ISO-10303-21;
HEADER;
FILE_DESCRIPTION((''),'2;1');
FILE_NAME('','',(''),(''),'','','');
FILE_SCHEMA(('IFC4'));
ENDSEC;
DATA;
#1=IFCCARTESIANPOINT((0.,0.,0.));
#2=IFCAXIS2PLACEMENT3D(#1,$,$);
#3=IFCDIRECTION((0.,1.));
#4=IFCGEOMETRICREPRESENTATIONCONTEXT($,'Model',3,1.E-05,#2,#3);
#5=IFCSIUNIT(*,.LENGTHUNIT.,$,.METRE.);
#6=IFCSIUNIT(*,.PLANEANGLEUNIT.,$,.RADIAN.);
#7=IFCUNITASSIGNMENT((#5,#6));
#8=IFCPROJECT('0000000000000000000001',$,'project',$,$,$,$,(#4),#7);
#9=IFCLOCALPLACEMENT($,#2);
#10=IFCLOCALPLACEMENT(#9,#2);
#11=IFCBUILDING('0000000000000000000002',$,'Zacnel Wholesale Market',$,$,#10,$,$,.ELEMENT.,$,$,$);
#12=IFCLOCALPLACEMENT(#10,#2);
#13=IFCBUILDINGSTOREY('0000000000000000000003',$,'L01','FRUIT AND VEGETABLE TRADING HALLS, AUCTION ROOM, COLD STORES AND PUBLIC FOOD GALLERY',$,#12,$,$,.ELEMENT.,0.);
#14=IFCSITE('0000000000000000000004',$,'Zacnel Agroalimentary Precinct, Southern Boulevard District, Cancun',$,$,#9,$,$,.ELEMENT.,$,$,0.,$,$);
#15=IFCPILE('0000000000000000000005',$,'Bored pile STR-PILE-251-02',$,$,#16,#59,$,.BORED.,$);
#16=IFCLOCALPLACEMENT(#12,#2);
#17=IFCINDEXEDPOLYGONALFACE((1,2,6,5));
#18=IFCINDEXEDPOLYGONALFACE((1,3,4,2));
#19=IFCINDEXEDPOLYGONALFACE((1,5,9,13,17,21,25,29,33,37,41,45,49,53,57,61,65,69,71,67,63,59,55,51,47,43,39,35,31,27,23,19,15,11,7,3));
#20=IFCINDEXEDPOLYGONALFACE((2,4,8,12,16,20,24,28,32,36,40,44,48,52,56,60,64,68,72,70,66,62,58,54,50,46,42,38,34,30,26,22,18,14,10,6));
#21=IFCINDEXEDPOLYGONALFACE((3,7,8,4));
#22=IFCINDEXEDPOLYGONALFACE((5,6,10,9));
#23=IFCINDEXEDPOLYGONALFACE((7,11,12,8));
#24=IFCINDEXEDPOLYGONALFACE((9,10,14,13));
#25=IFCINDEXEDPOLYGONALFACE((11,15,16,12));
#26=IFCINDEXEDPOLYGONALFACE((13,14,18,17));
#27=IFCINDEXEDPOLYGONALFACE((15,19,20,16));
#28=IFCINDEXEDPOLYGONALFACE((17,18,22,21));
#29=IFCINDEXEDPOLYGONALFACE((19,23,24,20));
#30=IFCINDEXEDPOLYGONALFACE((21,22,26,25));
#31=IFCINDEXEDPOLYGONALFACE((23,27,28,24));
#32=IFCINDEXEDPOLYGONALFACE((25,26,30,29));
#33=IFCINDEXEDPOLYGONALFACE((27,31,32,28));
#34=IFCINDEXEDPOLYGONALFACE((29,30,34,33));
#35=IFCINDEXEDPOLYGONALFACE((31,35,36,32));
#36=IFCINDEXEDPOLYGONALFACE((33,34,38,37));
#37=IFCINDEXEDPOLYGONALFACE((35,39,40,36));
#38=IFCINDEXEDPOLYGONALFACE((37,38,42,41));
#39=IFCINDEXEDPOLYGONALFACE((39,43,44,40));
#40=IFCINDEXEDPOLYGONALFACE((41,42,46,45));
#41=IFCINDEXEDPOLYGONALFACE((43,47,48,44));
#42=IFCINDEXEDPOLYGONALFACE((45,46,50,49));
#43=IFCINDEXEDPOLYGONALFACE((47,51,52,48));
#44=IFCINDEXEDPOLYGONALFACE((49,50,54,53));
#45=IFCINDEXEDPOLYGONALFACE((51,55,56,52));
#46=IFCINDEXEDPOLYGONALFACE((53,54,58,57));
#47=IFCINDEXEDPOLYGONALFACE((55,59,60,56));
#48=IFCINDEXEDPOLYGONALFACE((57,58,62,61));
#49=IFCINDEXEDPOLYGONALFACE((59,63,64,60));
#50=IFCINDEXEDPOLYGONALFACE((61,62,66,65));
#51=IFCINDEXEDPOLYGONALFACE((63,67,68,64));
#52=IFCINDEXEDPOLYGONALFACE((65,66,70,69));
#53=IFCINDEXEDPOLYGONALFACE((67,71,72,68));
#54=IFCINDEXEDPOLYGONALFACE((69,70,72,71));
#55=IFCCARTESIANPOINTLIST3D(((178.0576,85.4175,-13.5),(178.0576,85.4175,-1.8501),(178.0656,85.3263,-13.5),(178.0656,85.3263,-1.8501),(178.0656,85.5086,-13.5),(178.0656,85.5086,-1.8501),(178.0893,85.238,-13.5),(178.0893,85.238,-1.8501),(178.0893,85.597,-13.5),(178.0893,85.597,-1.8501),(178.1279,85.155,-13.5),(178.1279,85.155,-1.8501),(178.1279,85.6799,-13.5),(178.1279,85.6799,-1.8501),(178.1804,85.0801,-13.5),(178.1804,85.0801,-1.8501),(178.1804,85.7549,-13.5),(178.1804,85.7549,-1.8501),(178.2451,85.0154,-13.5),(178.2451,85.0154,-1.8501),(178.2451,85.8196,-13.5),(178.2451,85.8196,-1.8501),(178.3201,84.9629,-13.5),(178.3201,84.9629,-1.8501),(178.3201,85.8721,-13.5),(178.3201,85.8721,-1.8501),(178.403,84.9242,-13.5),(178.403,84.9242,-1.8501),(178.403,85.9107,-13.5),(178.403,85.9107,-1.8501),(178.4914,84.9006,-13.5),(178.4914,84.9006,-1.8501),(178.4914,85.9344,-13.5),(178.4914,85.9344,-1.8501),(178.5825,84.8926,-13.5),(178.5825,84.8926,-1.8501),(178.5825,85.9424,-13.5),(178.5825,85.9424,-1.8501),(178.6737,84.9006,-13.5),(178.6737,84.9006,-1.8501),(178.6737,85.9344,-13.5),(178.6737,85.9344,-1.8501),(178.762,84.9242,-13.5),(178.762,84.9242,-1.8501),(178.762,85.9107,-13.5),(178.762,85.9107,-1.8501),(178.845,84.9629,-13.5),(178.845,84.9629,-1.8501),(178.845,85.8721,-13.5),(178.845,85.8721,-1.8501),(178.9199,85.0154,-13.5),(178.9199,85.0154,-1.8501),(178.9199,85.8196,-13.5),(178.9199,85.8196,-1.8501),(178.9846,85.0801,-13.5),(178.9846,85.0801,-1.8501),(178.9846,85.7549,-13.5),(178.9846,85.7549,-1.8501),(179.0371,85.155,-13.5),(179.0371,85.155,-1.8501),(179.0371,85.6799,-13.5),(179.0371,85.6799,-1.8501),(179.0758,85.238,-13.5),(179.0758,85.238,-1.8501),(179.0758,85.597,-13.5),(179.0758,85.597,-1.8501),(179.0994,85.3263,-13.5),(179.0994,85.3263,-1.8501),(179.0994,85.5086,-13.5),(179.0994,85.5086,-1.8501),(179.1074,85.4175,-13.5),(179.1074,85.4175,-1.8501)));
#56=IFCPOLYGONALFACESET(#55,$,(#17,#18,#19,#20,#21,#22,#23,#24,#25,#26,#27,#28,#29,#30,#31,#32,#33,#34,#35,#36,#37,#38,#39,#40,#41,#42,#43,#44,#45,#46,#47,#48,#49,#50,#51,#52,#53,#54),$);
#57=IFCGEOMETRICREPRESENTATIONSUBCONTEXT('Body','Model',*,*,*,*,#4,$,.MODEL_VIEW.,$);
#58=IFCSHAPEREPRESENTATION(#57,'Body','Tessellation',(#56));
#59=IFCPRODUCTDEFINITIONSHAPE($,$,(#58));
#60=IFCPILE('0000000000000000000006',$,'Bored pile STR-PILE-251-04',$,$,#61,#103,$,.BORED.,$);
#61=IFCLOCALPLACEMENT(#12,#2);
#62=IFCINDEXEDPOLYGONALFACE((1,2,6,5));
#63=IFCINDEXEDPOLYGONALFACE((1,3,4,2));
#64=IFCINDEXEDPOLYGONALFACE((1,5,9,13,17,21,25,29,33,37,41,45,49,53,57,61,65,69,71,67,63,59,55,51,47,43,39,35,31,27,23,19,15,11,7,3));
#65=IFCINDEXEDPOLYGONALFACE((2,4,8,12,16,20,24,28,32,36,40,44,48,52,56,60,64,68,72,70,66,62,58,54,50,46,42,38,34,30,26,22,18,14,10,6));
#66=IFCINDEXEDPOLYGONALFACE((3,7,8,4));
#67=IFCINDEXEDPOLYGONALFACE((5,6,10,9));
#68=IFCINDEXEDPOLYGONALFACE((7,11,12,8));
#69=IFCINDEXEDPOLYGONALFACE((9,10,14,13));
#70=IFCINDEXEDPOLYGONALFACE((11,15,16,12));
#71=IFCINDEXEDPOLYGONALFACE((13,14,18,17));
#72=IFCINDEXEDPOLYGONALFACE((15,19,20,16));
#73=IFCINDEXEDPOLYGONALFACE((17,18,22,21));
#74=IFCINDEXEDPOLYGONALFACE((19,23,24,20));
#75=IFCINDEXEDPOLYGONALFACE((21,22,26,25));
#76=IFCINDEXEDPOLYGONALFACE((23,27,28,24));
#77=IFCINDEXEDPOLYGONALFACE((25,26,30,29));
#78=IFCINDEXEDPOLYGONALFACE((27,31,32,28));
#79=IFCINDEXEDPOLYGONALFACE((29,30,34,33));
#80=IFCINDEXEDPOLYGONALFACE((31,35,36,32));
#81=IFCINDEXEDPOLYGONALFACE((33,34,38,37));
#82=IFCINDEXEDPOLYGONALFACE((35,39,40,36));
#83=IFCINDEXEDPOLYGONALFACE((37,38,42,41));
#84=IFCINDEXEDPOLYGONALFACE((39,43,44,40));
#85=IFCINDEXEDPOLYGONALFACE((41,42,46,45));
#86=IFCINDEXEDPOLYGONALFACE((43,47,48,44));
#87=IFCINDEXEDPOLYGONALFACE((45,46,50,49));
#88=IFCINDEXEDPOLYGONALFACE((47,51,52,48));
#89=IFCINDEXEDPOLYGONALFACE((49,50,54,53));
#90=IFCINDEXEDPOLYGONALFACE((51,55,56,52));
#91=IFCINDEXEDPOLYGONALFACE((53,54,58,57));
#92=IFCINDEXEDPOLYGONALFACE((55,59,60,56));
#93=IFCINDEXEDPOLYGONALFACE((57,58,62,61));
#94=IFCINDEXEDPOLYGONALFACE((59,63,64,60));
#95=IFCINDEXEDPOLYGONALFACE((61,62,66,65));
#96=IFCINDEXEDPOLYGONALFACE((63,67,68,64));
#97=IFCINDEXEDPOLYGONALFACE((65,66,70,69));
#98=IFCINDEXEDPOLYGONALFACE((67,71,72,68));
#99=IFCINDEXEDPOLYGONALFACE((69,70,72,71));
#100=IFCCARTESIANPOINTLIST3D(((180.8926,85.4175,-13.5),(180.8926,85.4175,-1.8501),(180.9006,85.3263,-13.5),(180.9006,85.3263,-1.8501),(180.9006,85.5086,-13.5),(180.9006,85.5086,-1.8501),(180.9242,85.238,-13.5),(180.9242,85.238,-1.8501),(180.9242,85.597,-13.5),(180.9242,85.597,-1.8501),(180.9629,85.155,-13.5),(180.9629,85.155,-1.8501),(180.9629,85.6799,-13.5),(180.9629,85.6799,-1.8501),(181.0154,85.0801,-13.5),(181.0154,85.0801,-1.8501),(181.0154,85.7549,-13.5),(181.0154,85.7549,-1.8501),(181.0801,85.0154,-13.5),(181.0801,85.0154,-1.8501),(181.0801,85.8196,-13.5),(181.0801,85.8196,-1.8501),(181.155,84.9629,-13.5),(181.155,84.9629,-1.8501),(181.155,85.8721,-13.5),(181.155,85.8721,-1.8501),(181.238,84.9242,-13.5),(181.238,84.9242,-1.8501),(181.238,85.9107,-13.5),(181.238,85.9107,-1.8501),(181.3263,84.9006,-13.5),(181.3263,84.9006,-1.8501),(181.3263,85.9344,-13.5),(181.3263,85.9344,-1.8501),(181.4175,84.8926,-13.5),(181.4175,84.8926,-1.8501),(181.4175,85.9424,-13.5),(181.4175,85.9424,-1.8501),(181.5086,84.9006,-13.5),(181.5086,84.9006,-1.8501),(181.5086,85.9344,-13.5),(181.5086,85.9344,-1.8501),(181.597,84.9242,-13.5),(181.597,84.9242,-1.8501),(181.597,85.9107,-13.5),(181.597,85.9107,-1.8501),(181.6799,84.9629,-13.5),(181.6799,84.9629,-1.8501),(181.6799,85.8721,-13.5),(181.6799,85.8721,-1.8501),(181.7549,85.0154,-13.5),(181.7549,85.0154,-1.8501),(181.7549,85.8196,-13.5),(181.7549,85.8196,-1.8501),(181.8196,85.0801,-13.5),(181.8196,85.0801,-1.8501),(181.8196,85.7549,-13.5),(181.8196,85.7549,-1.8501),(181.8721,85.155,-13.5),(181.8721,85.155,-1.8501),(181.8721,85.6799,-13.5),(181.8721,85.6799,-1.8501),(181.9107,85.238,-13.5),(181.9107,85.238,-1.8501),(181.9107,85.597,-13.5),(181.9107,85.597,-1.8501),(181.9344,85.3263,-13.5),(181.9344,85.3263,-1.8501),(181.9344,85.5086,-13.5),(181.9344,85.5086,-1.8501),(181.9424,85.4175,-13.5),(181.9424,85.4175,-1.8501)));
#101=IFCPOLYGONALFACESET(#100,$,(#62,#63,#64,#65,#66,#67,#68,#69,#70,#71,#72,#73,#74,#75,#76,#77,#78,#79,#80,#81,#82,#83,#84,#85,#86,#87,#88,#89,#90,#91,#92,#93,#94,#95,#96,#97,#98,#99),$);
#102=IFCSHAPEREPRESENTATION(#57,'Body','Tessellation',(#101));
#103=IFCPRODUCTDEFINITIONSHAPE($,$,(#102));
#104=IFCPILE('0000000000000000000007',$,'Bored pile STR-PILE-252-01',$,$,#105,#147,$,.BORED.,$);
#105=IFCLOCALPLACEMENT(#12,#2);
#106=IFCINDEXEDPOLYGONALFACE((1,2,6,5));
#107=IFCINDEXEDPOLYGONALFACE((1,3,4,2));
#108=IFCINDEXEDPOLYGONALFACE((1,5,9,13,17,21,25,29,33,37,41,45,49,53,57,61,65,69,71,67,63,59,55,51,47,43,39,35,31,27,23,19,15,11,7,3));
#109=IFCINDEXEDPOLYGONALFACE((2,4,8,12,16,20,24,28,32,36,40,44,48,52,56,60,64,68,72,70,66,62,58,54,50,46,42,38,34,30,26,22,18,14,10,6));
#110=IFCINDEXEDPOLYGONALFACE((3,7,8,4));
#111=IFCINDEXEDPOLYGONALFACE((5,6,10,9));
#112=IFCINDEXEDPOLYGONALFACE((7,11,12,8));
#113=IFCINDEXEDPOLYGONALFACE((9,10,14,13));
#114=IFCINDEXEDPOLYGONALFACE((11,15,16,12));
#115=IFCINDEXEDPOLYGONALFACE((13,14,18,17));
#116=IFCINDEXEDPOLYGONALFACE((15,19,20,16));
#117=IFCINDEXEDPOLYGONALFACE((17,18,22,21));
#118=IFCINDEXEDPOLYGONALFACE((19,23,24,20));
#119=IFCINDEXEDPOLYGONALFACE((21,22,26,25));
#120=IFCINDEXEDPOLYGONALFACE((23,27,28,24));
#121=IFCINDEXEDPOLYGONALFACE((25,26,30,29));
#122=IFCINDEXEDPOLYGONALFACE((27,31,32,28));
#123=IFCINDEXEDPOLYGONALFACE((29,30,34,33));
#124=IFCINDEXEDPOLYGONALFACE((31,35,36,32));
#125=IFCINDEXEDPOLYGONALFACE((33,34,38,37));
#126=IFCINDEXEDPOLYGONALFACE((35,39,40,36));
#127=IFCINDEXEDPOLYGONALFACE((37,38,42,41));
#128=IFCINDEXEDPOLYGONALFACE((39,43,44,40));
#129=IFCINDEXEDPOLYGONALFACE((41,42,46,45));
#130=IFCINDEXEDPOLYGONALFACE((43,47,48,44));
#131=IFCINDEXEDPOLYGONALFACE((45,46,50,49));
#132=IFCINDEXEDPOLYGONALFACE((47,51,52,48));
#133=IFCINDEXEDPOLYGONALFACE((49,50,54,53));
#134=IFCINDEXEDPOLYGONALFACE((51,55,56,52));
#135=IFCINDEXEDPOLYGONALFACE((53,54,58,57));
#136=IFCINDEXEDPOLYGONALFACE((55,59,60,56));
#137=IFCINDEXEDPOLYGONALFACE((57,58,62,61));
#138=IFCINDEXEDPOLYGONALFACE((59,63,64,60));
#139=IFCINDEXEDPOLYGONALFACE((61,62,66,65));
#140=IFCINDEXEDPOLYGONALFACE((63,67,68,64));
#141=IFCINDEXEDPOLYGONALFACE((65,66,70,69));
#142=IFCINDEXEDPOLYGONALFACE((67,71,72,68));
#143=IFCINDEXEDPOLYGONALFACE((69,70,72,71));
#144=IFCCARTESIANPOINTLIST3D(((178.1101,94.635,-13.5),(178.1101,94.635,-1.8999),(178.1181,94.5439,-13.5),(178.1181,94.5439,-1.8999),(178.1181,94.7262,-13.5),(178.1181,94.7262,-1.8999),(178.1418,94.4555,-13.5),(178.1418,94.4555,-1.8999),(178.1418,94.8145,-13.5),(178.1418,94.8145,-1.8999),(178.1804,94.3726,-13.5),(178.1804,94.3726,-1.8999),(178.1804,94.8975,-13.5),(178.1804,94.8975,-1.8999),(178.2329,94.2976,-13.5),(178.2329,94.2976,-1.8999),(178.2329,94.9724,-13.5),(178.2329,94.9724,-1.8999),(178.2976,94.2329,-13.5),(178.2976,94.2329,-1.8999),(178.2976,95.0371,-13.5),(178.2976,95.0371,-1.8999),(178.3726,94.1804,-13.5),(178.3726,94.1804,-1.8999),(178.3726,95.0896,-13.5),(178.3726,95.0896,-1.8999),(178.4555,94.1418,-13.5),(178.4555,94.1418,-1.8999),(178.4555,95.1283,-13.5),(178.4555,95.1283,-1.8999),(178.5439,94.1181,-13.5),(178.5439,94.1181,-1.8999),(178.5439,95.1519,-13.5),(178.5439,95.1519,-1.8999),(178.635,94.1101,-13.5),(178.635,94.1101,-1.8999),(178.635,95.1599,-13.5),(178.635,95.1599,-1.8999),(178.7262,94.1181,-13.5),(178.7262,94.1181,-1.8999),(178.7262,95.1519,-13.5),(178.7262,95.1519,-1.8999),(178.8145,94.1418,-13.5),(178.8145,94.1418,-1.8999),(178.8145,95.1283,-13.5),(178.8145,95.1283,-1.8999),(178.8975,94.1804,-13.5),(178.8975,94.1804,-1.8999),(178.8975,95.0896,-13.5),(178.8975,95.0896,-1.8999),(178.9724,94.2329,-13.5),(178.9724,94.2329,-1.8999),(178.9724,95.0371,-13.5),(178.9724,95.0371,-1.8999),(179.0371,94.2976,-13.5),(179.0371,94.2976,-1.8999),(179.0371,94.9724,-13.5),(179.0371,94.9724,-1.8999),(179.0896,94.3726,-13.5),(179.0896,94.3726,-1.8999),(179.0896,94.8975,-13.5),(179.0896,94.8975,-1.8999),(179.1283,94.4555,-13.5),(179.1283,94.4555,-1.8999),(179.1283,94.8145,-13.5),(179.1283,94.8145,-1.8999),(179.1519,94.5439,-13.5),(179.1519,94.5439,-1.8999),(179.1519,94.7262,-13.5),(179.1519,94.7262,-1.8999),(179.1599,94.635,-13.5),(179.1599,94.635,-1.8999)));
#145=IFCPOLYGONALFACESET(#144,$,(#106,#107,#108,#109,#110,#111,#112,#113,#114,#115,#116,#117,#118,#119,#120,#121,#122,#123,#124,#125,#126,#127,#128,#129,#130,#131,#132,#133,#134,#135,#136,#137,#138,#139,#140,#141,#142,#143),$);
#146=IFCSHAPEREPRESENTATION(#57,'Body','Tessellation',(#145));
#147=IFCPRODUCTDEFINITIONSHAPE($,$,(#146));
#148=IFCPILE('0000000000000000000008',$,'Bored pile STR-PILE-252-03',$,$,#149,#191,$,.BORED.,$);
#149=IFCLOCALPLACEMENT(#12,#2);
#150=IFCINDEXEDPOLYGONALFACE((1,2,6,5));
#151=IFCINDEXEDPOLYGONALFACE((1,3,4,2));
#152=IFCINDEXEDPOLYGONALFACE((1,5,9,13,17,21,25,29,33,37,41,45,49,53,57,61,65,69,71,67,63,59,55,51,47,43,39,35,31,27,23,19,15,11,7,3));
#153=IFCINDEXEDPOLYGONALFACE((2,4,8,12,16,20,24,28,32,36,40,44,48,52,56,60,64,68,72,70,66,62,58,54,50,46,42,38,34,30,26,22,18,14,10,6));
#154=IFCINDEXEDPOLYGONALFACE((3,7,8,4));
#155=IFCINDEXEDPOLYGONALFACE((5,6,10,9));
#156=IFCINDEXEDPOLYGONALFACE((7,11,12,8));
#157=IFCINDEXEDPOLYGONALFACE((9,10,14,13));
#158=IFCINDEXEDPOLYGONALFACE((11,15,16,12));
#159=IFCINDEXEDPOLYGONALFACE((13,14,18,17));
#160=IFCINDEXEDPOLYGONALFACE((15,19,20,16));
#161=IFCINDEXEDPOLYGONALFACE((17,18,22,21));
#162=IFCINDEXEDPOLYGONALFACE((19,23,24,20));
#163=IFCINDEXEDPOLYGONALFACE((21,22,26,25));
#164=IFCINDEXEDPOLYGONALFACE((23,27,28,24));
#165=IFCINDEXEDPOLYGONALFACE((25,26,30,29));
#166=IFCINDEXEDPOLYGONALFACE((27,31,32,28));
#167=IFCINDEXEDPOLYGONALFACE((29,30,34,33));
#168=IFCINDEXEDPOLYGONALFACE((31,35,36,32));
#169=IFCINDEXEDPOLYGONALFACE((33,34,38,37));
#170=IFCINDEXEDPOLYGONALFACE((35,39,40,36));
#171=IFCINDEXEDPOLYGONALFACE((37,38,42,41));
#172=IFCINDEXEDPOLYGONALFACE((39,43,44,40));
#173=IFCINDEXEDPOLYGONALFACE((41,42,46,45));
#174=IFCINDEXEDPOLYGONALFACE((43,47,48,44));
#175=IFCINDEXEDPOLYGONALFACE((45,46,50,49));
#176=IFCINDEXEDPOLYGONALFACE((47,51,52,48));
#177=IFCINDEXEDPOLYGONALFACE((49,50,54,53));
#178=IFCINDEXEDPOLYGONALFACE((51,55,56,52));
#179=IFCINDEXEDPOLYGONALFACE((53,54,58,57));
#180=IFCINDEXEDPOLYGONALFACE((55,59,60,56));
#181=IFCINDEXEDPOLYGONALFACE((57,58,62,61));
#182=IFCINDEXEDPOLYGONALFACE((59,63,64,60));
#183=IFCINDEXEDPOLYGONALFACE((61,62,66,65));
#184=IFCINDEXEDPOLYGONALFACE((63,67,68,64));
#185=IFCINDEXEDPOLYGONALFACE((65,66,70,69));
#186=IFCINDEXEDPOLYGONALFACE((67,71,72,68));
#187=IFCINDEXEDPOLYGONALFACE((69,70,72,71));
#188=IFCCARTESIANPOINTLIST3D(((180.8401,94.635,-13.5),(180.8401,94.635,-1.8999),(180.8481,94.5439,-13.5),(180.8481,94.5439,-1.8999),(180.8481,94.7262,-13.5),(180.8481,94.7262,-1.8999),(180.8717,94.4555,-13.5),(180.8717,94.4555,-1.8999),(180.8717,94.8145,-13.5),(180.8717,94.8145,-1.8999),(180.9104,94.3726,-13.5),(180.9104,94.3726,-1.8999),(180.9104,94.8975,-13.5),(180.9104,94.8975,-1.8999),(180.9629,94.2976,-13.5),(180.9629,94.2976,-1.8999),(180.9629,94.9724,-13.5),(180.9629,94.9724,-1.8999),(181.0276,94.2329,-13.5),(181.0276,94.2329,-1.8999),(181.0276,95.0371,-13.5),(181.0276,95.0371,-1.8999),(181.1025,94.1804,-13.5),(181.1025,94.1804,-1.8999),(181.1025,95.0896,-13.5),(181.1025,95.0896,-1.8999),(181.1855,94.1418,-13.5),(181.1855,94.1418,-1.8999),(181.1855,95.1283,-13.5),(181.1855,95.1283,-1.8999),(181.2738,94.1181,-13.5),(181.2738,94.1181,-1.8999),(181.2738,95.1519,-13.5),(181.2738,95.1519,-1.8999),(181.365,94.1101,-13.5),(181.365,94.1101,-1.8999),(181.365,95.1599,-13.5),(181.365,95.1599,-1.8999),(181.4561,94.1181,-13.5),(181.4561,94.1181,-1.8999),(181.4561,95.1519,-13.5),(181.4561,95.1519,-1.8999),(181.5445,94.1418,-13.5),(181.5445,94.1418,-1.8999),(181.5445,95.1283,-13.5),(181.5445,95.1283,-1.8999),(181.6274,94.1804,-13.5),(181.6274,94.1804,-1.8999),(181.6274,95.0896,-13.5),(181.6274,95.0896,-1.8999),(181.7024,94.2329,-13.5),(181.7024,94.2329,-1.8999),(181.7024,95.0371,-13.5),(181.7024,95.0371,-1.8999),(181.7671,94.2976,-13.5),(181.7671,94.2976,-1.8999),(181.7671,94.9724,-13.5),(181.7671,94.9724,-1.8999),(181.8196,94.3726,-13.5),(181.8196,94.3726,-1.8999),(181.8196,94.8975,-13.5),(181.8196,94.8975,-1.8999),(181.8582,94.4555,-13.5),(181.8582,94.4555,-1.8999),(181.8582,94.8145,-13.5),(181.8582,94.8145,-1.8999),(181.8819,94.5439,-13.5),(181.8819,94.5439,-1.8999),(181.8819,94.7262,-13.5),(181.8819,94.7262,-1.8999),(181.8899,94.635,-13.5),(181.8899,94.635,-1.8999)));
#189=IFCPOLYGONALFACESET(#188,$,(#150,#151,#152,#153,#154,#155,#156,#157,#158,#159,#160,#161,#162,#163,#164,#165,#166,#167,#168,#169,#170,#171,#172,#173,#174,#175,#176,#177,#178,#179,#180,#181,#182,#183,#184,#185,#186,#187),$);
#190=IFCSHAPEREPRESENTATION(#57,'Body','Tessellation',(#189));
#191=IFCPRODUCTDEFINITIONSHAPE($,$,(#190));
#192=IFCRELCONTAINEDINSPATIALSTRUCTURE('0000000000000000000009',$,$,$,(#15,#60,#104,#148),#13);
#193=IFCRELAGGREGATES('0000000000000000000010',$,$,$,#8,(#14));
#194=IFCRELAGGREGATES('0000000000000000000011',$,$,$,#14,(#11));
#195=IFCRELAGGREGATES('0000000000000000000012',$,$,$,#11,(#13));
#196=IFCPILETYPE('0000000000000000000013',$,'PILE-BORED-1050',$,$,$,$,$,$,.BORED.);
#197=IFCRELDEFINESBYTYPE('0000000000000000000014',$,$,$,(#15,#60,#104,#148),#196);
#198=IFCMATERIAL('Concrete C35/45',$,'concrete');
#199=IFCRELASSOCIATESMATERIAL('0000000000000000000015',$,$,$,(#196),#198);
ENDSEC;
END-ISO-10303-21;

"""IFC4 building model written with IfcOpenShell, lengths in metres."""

from ifc_helpers import new_model, si_unit, direction, frame, origin, origin_2d, place, context, subcontext, project, spatial, circle, extrude, material, material_profile, profile_set, type_object, element, save


model = new_model("IFC4")

# Units and contexts
model_context = context("Model", 3, precision=1e-05, world=origin(), true_north=direction((0.0, 1.0)))
body_context = subcontext(model_context, "Body", "Model", "MODEL_VIEW")
ifc_project = project(units=[si_unit("LENGTHUNIT", "METRE"), si_unit("PLANEANGLEUNIT", "RADIAN")], contexts=[model_context])

# Site, building, storey
site_placement = place(None, origin())
site = spatial("IfcSite", under=ifc_project, at=site_placement, Name="Zacnel Agroalimentary Precinct, Southern Boulevard District, Cancun", CompositionType="ELEMENT", RefElevation=0.0)
building_placement = place(site_placement, origin())
building = spatial("IfcBuilding", under=site, at=building_placement, Name="Zacnel Wholesale Market", CompositionType="ELEMENT")
storey_placement = place(building_placement, origin())
storey = spatial("IfcBuildingStorey", under=building, at=storey_placement, Name="L01", Description="FRUIT AND VEGETABLE TRADING HALLS, AUCTION ROOM, COLD STORES AND PUBLIC FOOD GALLERY", CompositionType="ELEMENT", Elevation=0.0)

# Piles
ifc_material_1 = material(Name="Concrete C35/45", Category="concrete")
ifc_material_profile_1 = material_profile(ifc_material_1, circle(Radius=0.5249, at=origin_2d()), Name="BORED PILE D1050")
ifc_profile_set_1 = profile_set([ifc_material_profile_1], Name="Concrete C35/45")
pile_type = type_object("IfcPileType", Name="PILE-BORED-1050", PredefinedType="BORED", material=ifc_profile_set_1)
for number, where, z_axis, x_axis, name in (
    (1, (178.5825, 85.4175, -1.8501), (0.0, 0.0, -1.0), (1.0, 0.0, 0.0), "Bored pile STR-PILE-251-02"),
    (2, (181.4175, 85.4175, -1.8501), (0.0, 0.0, -1.0), (1.0, 0.0, 0.0), "Bored pile STR-PILE-251-04"),
):
    element("IfcPile", number, at=place(storey_placement, frame(where, z_axis=z_axis, x_axis=x_axis)), inside=storey, type_object=pile_type, Name=name, PredefinedType="BORED", context=body_context, shape_type="SweptSolid", body=[
        extrude(circle(Radius=0.5249, at=origin_2d()), origin(), (0.0, 0.0, 1.0), 11.6499),
    ])
for number, where, z_axis, x_axis, name in (
    (3, (178.635, 94.635, -1.8999), (0.0, 0.0, -1.0), (1.0, 0.0, 0.0), "Bored pile STR-PILE-252-01"),
    (4, (181.365, 94.635, -1.8999), (0.0, 0.0, -1.0), (1.0, 0.0, 0.0), "Bored pile STR-PILE-252-03"),
):
    element("IfcPile", number, at=place(storey_placement, frame(where, z_axis=z_axis, x_axis=x_axis)), inside=storey, type_object=pile_type, Name=name, PredefinedType="BORED", context=body_context, shape_type="SweptSolid", body=[
        extrude(circle(Radius=0.5249, at=origin_2d()), origin(), (0.0, 0.0, 1.0), 11.6001),
    ])

save(model, "model.ifc")
